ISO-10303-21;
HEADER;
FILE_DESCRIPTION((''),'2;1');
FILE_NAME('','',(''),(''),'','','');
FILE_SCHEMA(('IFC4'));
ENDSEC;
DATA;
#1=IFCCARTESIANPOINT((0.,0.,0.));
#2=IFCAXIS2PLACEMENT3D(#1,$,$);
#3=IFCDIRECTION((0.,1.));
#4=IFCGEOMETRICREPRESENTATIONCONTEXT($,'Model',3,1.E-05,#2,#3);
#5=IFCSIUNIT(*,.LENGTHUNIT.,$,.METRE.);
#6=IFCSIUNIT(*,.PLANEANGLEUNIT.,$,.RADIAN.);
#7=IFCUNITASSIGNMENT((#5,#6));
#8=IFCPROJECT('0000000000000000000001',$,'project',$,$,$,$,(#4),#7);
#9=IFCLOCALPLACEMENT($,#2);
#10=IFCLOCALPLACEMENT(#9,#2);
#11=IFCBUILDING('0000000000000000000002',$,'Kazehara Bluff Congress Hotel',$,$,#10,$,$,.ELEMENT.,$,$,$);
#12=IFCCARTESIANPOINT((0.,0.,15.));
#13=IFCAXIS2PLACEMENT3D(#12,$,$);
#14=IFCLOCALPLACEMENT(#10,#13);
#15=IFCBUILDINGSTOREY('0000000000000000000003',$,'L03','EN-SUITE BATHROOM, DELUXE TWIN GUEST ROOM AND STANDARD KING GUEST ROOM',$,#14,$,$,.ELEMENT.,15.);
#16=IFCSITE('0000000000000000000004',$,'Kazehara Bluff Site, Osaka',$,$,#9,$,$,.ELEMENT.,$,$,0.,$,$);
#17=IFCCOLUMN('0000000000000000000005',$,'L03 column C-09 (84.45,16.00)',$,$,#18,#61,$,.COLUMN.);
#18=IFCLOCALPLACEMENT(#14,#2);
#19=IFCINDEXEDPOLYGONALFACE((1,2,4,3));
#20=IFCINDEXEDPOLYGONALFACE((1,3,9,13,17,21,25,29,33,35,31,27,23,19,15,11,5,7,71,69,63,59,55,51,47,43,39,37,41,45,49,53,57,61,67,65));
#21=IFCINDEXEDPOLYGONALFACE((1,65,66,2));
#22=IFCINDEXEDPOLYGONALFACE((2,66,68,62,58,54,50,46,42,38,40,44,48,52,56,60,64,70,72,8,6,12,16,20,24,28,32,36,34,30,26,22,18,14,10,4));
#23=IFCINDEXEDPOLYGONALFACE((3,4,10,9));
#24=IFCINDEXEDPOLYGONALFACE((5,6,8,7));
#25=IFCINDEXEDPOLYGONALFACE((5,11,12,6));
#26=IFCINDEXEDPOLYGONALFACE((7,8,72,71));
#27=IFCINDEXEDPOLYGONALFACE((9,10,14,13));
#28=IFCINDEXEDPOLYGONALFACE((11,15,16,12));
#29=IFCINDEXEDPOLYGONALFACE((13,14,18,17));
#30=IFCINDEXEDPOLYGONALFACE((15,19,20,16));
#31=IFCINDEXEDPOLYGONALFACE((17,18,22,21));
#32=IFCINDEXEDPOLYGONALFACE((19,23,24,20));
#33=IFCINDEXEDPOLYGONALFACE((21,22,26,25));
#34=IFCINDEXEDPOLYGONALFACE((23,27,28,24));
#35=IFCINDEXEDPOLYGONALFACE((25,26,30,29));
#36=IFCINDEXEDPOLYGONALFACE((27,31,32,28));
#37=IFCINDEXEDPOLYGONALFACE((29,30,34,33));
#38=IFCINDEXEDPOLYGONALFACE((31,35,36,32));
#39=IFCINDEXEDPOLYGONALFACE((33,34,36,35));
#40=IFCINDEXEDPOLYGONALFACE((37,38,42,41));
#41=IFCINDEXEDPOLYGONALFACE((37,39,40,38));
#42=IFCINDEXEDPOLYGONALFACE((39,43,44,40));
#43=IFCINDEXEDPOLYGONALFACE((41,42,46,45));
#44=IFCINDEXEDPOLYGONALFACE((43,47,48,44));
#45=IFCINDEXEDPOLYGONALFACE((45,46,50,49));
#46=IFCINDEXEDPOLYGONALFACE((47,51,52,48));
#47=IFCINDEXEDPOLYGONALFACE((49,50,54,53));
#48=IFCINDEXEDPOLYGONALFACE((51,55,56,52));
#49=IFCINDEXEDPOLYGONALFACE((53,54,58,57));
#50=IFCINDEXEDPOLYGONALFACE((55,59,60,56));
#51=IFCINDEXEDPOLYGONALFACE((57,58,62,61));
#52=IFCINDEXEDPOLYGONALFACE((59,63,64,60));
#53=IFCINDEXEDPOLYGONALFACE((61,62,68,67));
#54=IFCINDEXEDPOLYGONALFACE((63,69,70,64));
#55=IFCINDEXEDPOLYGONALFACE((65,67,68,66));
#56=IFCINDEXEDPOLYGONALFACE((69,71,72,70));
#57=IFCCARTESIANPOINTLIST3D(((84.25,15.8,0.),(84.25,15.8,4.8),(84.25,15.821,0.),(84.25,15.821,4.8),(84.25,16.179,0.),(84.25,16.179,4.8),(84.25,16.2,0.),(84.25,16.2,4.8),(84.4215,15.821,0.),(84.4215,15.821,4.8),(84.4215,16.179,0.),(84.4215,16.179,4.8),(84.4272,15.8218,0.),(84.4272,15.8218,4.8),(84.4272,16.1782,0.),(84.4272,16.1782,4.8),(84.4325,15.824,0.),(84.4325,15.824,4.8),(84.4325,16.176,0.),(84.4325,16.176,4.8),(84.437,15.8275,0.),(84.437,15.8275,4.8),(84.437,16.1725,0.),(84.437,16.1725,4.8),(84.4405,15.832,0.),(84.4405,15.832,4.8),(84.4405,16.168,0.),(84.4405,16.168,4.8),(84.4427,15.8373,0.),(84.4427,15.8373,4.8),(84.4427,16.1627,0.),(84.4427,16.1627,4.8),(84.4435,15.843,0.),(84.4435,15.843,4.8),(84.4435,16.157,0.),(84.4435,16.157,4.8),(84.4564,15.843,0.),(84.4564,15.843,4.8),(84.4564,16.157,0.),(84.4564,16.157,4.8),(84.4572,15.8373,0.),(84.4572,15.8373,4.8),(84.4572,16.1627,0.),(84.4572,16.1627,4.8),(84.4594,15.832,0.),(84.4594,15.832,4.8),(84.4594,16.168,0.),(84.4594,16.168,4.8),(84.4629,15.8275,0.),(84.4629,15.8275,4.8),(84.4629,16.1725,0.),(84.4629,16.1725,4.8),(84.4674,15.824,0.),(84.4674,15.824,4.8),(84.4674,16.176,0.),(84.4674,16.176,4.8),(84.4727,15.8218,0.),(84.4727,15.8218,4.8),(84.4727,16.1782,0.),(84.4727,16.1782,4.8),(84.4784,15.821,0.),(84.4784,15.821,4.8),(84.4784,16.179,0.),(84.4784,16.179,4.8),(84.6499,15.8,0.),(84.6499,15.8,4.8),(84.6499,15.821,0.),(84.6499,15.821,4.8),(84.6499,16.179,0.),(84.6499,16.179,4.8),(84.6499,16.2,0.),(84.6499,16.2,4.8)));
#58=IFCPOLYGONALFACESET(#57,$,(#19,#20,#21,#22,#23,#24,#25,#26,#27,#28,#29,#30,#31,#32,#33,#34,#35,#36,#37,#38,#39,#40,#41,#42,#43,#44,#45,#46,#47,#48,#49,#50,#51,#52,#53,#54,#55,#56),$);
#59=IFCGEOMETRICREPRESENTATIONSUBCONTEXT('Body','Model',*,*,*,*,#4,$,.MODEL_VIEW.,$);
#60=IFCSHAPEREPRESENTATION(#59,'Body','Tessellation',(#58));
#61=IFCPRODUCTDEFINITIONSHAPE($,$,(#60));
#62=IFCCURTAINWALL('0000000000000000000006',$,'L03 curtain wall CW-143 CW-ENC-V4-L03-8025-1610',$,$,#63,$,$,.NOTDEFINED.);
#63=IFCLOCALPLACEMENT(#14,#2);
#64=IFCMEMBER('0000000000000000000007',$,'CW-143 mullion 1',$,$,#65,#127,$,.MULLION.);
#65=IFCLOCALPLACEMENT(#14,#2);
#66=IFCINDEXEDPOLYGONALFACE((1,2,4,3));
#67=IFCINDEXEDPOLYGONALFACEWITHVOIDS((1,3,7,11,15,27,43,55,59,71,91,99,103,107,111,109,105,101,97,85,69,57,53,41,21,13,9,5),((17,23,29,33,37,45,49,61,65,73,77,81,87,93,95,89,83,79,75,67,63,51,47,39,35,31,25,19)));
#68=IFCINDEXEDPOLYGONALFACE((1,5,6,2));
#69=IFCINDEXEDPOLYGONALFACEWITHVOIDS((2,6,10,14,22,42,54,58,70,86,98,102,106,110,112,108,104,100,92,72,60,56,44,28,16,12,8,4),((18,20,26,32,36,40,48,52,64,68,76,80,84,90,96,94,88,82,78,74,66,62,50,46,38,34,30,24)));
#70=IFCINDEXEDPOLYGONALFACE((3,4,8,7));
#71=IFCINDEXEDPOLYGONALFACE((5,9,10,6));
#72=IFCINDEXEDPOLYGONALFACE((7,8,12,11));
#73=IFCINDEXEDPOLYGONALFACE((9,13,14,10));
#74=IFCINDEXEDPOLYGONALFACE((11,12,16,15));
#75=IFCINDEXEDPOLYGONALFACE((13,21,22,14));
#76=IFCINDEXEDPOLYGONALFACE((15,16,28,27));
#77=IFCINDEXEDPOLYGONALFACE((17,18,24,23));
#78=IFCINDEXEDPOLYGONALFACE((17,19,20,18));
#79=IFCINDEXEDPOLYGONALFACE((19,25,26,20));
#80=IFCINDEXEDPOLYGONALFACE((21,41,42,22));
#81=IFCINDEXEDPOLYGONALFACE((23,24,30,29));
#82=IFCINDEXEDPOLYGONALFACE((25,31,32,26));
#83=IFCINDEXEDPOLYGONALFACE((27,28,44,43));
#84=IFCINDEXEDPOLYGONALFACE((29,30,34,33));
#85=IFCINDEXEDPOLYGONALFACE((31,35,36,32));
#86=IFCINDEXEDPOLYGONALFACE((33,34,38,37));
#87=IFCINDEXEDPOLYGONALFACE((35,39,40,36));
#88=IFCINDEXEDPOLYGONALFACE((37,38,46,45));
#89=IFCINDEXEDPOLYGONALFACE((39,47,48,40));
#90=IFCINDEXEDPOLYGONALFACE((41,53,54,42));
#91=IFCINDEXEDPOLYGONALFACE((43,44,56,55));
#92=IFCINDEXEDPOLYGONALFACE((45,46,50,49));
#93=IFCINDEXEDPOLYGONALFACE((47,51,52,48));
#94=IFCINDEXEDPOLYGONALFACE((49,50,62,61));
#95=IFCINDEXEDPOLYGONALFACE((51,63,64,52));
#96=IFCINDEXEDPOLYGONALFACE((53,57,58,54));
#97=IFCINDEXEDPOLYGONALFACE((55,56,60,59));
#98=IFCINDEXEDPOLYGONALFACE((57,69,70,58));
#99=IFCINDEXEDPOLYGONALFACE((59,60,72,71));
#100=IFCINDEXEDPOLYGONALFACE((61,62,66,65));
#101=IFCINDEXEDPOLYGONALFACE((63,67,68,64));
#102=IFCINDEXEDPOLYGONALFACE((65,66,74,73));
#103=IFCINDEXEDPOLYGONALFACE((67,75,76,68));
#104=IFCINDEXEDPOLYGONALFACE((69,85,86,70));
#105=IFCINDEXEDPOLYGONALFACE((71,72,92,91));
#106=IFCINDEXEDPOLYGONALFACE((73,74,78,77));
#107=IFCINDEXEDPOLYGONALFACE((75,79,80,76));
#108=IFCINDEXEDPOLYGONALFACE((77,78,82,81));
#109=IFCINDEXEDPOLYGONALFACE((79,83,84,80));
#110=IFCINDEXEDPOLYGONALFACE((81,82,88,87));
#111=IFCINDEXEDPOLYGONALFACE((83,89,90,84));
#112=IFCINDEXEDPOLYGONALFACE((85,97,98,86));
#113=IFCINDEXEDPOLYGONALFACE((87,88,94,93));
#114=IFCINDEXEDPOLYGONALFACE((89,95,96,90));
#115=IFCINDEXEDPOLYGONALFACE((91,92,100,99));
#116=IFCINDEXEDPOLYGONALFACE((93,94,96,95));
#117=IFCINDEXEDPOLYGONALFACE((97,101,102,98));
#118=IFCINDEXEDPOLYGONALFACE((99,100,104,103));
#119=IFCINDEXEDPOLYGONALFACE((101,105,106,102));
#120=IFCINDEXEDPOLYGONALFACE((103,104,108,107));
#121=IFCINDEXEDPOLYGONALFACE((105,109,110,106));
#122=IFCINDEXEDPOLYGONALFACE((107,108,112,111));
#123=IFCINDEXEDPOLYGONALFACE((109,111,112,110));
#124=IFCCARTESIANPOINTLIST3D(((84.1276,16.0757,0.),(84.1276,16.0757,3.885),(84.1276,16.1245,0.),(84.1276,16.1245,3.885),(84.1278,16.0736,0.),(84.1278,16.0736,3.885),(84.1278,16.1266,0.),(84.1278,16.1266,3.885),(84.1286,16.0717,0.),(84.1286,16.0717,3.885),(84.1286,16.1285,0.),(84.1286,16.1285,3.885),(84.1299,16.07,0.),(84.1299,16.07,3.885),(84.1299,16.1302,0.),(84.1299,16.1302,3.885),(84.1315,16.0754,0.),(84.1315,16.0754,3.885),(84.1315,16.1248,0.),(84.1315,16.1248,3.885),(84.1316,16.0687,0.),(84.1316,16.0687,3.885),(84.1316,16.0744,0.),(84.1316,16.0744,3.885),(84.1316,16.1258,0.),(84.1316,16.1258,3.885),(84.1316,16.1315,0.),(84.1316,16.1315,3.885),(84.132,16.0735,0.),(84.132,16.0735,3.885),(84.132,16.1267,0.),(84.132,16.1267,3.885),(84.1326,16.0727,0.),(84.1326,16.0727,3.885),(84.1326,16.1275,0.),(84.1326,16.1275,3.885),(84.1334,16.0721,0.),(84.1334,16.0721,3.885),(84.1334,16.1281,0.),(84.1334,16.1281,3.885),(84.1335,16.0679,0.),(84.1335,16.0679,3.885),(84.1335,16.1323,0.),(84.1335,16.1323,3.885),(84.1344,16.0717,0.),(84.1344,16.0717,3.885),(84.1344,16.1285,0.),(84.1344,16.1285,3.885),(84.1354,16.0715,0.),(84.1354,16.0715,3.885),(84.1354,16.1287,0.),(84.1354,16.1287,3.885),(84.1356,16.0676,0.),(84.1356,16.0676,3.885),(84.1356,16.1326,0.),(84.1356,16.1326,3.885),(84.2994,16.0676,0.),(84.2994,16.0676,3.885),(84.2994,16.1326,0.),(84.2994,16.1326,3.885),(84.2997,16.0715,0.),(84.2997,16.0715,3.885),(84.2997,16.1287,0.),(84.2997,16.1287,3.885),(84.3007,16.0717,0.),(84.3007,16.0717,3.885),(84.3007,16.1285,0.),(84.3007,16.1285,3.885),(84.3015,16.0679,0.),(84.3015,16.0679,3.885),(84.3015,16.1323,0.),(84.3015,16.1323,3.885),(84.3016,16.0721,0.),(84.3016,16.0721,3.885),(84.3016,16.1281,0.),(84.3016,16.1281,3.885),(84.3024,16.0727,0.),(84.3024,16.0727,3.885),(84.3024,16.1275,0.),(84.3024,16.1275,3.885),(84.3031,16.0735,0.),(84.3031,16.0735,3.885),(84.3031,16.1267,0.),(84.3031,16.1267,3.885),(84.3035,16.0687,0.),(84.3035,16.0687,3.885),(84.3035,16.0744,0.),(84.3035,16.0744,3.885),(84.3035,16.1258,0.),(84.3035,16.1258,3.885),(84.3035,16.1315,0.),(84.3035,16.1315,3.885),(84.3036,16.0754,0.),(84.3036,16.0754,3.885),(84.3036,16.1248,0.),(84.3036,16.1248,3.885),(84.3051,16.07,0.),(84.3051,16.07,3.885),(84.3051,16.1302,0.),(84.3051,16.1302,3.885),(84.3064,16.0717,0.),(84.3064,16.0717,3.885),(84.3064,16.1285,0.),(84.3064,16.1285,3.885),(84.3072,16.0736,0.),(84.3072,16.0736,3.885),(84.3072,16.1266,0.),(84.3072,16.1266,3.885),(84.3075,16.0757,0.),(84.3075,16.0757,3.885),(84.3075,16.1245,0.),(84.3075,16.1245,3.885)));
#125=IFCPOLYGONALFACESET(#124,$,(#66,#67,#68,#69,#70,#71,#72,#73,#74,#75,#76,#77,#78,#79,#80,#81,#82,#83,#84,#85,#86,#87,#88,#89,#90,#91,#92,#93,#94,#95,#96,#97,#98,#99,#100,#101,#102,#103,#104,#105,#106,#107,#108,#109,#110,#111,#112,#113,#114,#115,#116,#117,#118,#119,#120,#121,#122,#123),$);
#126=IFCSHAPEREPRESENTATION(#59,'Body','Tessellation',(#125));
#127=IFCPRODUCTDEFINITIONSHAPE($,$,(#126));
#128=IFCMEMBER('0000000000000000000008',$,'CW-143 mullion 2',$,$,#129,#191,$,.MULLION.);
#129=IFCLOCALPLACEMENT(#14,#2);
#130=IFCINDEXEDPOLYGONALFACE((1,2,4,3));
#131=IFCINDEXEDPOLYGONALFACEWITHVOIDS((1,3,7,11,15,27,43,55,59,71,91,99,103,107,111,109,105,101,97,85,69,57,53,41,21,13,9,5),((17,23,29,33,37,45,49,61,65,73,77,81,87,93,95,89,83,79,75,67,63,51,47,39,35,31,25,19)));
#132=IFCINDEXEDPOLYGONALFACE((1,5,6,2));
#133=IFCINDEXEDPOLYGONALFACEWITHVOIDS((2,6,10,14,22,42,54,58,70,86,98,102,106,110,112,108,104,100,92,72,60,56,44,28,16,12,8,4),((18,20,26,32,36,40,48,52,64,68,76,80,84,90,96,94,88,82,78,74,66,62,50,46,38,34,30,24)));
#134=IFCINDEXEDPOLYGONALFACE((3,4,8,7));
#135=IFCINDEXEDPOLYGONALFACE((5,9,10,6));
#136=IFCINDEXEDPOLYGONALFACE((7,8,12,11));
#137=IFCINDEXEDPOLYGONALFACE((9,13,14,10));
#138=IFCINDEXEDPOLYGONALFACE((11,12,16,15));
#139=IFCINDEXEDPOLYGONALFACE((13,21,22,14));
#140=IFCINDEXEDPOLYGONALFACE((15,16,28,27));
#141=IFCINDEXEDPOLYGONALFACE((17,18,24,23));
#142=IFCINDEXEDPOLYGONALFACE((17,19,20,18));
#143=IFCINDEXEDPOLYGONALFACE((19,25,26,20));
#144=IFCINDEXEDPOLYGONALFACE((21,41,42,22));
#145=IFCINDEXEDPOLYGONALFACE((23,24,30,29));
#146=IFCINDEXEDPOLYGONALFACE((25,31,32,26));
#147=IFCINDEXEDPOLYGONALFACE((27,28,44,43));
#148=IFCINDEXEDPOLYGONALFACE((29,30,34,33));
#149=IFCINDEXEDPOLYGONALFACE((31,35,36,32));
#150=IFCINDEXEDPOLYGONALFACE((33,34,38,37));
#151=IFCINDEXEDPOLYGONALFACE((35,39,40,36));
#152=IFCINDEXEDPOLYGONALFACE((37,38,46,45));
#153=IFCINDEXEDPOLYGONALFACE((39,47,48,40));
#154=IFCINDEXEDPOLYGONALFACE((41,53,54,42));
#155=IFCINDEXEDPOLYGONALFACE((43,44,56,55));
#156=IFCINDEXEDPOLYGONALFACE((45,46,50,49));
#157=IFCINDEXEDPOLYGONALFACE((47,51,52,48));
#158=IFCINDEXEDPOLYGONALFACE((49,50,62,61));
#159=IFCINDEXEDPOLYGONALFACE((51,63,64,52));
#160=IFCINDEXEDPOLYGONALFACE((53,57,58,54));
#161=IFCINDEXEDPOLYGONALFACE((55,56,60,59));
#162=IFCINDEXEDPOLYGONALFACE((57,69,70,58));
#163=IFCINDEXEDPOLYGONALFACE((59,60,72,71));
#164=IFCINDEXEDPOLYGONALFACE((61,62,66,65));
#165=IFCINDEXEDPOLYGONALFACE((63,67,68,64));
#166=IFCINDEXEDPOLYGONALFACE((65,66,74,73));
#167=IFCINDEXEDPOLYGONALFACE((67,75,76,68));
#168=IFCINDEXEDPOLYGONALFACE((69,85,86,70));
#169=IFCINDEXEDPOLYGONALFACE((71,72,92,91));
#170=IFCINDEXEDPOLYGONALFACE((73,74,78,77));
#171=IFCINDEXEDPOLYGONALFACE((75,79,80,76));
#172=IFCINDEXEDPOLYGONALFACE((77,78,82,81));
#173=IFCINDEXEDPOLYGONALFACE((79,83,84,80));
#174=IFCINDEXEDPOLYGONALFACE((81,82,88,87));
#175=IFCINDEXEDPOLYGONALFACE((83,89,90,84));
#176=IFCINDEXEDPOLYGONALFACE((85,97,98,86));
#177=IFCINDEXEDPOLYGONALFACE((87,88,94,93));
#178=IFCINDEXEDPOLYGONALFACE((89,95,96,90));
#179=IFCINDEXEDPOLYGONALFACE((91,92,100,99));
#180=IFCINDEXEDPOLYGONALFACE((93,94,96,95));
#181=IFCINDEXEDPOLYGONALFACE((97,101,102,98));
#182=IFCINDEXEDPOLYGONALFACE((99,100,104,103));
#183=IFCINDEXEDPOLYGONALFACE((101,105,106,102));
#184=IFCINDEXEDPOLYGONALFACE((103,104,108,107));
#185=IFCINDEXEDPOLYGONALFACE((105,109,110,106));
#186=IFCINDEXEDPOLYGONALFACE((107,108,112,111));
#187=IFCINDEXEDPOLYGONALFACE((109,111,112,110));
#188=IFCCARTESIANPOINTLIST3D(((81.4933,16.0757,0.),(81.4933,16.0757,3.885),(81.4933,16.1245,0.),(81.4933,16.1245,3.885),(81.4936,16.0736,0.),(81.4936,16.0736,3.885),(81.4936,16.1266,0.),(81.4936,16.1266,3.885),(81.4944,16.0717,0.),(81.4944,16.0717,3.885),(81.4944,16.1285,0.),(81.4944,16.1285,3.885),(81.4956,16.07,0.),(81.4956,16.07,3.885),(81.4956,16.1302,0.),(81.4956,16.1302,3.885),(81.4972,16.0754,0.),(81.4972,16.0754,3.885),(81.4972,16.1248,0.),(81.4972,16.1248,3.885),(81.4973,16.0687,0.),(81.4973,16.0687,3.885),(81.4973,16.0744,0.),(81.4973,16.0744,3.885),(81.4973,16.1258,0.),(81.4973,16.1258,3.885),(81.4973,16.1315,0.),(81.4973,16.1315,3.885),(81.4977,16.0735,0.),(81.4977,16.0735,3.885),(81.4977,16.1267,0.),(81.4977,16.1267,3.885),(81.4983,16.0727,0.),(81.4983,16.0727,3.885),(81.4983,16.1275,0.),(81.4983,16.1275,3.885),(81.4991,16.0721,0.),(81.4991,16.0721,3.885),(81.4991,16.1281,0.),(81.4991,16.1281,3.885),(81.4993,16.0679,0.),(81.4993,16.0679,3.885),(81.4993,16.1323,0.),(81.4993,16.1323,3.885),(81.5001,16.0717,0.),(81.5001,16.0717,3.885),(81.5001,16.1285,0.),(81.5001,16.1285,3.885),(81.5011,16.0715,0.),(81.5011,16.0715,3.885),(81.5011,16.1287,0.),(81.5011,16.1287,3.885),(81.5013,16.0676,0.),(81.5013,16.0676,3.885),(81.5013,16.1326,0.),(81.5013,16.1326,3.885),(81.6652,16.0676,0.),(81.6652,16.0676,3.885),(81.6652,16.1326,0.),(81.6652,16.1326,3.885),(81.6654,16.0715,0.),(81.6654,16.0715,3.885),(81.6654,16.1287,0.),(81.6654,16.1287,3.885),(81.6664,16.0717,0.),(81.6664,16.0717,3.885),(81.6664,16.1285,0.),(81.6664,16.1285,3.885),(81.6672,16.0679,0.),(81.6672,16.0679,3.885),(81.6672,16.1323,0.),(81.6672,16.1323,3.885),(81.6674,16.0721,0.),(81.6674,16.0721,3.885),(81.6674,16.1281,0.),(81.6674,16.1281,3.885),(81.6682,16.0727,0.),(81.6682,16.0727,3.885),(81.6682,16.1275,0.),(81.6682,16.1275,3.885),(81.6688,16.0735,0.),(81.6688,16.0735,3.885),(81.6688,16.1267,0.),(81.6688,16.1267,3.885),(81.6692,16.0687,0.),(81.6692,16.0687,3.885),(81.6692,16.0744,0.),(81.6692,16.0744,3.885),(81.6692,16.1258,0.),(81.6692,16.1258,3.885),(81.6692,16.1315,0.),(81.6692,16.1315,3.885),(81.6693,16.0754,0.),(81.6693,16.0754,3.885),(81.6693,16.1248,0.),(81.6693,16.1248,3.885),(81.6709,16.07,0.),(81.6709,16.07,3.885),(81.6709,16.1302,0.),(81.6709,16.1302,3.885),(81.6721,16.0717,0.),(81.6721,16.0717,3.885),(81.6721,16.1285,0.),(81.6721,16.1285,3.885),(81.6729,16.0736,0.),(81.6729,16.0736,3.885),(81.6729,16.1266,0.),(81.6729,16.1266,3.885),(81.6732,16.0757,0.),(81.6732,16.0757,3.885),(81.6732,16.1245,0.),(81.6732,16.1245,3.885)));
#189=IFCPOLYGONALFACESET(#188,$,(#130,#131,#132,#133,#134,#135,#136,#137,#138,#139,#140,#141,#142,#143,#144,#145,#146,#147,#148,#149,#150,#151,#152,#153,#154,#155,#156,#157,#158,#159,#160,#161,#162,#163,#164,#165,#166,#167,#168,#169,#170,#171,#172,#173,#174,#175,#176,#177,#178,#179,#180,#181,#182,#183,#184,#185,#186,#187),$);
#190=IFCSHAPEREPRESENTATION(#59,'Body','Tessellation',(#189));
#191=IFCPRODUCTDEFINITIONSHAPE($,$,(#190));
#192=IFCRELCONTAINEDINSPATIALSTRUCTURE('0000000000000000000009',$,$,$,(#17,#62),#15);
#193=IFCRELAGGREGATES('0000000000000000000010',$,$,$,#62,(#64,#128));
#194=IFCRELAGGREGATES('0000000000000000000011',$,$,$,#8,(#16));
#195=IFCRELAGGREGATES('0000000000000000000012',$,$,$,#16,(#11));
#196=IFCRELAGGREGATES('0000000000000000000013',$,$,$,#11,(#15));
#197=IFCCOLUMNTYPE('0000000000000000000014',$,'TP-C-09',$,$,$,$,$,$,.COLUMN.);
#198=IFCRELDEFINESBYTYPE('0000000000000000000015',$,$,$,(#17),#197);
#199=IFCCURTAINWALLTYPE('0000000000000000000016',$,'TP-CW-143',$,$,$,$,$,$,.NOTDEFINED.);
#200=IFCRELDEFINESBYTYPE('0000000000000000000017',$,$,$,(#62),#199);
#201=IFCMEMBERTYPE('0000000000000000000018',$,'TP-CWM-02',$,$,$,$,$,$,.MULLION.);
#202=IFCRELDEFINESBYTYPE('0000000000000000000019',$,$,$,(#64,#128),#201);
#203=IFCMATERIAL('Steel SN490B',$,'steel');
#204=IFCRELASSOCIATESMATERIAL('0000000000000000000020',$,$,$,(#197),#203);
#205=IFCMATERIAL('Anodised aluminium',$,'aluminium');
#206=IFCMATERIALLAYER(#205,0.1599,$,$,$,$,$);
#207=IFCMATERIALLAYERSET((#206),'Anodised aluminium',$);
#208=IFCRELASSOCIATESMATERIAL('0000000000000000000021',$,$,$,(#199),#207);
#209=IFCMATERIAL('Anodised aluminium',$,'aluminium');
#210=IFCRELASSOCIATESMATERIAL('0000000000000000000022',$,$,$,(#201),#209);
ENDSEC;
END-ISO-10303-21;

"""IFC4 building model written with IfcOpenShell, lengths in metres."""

from ifc_helpers import new_model, si_unit, direction, frame, origin, origin_2d, place, context, subcontext, project, spatial, hollow_rectangle, i_section, extrude, material, layer, layer_set, material_profile, profile_set, type_object, element, aggregate, save


model = new_model("IFC4")

# Units and contexts
model_context = context("Model", 3, precision=1e-05, world=origin(), true_north=direction((0.0, 1.0)))
body_context = subcontext(model_context, "Body", "Model", "MODEL_VIEW")
ifc_project = project(units=[si_unit("LENGTHUNIT", "METRE"), si_unit("PLANEANGLEUNIT", "RADIAN")], contexts=[model_context])

# Site, building, storey
site_placement = place(None, origin())
site = spatial("IfcSite", under=ifc_project, at=site_placement, Name="Kazehara Bluff Site, Osaka", CompositionType="ELEMENT", RefElevation=0.0)
building_placement = place(site_placement, origin())
building = spatial("IfcBuilding", under=site, at=building_placement, Name="Kazehara Bluff Congress Hotel", CompositionType="ELEMENT")
storey_placement = place(building_placement, frame((0.0, 0.0, 15.0)))
storey = spatial("IfcBuildingStorey", under=building, at=storey_placement, Name="L03", Description="EN-SUITE BATHROOM, DELUXE TWIN GUEST ROOM AND STANDARD KING GUEST ROOM", CompositionType="ELEMENT", Elevation=15.0)

# Column
ifc_material_1 = material(Name="Steel SN490B", Category="steel")
ifc_material_profile_1 = material_profile(ifc_material_1, i_section(OverallWidth=0.3999, OverallDepth=0.3999, WebThickness=0.0129, FlangeThickness=0.021, FilletRadius=0.022, at=origin_2d()))
ifc_profile_set_1 = profile_set([ifc_material_profile_1], Name="Steel SN490B")
column_type = type_object("IfcColumnType", Name="TP-C-09", PredefinedType="COLUMN", material=ifc_profile_set_1)
column_placement = place(storey_placement, frame((84.45, 16.0, 0.0), z_axis=(0.0, 0.0, 1.0), x_axis=(1.0, 0.0, 0.0)))
element("IfcColumn", 1, at=column_placement, inside=storey, type_object=column_type, Name="L03 column C-09 (84.45,16.00)", PredefinedType="COLUMN", context=body_context, shape_type="SweptSolid", body=[
    extrude(i_section(OverallWidth=0.3999, OverallDepth=0.3999, WebThickness=0.0129, FlangeThickness=0.021, FilletRadius=0.022, at=origin_2d()), origin(), (0.0, 0.0, 1.0), 4.8),
])

# Curtain wall, members
ifc_material_2 = material(Name="Anodised aluminium", Category="aluminium")
ifc_layer_1 = layer(ifc_material_2, 0.1599)
ifc_layer_set_1 = layer_set([ifc_layer_1], Name="Anodised aluminium")
curtain_wall_type = type_object("IfcCurtainWallType", Name="TP-CW-143", PredefinedType="NOTDEFINED", material=ifc_layer_set_1)
curtain_wall_placement = place(storey_placement, origin())
curtain_wall = element("IfcCurtainWall", 2, at=curtain_wall_placement, inside=storey, type_object=curtain_wall_type, Name="L03 curtain wall CW-143 CW-ENC-V4-L03-8025-1610", PredefinedType="NOTDEFINED")
ifc_material_3 = material(Name="Anodised aluminium", Category="aluminium")
ifc_material_profile_2 = material_profile(ifc_material_3, hollow_rectangle(XDim=0.0649, YDim=0.1799, WallThickness=0.0039, InnerFilletRadius=0.0039, OuterFilletRadius=0.0081, at=origin_2d()))
ifc_profile_set_2 = profile_set([ifc_material_profile_2], Name="Anodised aluminium")
member_type_1 = type_object("IfcMemberType", Name="TP-CWM-02", PredefinedType="MULLION", material=ifc_profile_set_2)
member_1_placement = place(storey_placement, frame((84.2175, 16.1001, 0.0), z_axis=(0.0, 0.0, 1.0), x_axis=(0.0, -1.0, 0.0)))
member_1 = element("IfcMember", 3, at=member_1_placement, type_object=member_type_1, Name="CW-143 mullion 1", PredefinedType="MULLION", context=body_context, shape_type="SweptSolid", body=[
    extrude(hollow_rectangle(XDim=0.0649, YDim=0.1799, WallThickness=0.0039, InnerFilletRadius=0.0039, OuterFilletRadius=0.0081, at=origin_2d()), origin(), (0.0, 0.0, 1.0), 3.885),
])
member_2_placement = place(storey_placement, frame((81.5833, 16.1001, 0.0), z_axis=(0.0, 0.0, 1.0), x_axis=(0.0, -1.0, 0.0)))
member_2 = element("IfcMember", 4, at=member_2_placement, type_object=member_type_1, Name="CW-143 mullion 2", PredefinedType="MULLION", context=body_context, shape_type="SweptSolid", body=[
    extrude(hollow_rectangle(XDim=0.0649, YDim=0.1799, WallThickness=0.0039, InnerFilletRadius=0.0039, OuterFilletRadius=0.0081, at=origin_2d()), origin(), (0.0, 0.0, 1.0), 3.885),
])

aggregate(curtain_wall, [member_1, member_2])

save(model, "model.ifc")
